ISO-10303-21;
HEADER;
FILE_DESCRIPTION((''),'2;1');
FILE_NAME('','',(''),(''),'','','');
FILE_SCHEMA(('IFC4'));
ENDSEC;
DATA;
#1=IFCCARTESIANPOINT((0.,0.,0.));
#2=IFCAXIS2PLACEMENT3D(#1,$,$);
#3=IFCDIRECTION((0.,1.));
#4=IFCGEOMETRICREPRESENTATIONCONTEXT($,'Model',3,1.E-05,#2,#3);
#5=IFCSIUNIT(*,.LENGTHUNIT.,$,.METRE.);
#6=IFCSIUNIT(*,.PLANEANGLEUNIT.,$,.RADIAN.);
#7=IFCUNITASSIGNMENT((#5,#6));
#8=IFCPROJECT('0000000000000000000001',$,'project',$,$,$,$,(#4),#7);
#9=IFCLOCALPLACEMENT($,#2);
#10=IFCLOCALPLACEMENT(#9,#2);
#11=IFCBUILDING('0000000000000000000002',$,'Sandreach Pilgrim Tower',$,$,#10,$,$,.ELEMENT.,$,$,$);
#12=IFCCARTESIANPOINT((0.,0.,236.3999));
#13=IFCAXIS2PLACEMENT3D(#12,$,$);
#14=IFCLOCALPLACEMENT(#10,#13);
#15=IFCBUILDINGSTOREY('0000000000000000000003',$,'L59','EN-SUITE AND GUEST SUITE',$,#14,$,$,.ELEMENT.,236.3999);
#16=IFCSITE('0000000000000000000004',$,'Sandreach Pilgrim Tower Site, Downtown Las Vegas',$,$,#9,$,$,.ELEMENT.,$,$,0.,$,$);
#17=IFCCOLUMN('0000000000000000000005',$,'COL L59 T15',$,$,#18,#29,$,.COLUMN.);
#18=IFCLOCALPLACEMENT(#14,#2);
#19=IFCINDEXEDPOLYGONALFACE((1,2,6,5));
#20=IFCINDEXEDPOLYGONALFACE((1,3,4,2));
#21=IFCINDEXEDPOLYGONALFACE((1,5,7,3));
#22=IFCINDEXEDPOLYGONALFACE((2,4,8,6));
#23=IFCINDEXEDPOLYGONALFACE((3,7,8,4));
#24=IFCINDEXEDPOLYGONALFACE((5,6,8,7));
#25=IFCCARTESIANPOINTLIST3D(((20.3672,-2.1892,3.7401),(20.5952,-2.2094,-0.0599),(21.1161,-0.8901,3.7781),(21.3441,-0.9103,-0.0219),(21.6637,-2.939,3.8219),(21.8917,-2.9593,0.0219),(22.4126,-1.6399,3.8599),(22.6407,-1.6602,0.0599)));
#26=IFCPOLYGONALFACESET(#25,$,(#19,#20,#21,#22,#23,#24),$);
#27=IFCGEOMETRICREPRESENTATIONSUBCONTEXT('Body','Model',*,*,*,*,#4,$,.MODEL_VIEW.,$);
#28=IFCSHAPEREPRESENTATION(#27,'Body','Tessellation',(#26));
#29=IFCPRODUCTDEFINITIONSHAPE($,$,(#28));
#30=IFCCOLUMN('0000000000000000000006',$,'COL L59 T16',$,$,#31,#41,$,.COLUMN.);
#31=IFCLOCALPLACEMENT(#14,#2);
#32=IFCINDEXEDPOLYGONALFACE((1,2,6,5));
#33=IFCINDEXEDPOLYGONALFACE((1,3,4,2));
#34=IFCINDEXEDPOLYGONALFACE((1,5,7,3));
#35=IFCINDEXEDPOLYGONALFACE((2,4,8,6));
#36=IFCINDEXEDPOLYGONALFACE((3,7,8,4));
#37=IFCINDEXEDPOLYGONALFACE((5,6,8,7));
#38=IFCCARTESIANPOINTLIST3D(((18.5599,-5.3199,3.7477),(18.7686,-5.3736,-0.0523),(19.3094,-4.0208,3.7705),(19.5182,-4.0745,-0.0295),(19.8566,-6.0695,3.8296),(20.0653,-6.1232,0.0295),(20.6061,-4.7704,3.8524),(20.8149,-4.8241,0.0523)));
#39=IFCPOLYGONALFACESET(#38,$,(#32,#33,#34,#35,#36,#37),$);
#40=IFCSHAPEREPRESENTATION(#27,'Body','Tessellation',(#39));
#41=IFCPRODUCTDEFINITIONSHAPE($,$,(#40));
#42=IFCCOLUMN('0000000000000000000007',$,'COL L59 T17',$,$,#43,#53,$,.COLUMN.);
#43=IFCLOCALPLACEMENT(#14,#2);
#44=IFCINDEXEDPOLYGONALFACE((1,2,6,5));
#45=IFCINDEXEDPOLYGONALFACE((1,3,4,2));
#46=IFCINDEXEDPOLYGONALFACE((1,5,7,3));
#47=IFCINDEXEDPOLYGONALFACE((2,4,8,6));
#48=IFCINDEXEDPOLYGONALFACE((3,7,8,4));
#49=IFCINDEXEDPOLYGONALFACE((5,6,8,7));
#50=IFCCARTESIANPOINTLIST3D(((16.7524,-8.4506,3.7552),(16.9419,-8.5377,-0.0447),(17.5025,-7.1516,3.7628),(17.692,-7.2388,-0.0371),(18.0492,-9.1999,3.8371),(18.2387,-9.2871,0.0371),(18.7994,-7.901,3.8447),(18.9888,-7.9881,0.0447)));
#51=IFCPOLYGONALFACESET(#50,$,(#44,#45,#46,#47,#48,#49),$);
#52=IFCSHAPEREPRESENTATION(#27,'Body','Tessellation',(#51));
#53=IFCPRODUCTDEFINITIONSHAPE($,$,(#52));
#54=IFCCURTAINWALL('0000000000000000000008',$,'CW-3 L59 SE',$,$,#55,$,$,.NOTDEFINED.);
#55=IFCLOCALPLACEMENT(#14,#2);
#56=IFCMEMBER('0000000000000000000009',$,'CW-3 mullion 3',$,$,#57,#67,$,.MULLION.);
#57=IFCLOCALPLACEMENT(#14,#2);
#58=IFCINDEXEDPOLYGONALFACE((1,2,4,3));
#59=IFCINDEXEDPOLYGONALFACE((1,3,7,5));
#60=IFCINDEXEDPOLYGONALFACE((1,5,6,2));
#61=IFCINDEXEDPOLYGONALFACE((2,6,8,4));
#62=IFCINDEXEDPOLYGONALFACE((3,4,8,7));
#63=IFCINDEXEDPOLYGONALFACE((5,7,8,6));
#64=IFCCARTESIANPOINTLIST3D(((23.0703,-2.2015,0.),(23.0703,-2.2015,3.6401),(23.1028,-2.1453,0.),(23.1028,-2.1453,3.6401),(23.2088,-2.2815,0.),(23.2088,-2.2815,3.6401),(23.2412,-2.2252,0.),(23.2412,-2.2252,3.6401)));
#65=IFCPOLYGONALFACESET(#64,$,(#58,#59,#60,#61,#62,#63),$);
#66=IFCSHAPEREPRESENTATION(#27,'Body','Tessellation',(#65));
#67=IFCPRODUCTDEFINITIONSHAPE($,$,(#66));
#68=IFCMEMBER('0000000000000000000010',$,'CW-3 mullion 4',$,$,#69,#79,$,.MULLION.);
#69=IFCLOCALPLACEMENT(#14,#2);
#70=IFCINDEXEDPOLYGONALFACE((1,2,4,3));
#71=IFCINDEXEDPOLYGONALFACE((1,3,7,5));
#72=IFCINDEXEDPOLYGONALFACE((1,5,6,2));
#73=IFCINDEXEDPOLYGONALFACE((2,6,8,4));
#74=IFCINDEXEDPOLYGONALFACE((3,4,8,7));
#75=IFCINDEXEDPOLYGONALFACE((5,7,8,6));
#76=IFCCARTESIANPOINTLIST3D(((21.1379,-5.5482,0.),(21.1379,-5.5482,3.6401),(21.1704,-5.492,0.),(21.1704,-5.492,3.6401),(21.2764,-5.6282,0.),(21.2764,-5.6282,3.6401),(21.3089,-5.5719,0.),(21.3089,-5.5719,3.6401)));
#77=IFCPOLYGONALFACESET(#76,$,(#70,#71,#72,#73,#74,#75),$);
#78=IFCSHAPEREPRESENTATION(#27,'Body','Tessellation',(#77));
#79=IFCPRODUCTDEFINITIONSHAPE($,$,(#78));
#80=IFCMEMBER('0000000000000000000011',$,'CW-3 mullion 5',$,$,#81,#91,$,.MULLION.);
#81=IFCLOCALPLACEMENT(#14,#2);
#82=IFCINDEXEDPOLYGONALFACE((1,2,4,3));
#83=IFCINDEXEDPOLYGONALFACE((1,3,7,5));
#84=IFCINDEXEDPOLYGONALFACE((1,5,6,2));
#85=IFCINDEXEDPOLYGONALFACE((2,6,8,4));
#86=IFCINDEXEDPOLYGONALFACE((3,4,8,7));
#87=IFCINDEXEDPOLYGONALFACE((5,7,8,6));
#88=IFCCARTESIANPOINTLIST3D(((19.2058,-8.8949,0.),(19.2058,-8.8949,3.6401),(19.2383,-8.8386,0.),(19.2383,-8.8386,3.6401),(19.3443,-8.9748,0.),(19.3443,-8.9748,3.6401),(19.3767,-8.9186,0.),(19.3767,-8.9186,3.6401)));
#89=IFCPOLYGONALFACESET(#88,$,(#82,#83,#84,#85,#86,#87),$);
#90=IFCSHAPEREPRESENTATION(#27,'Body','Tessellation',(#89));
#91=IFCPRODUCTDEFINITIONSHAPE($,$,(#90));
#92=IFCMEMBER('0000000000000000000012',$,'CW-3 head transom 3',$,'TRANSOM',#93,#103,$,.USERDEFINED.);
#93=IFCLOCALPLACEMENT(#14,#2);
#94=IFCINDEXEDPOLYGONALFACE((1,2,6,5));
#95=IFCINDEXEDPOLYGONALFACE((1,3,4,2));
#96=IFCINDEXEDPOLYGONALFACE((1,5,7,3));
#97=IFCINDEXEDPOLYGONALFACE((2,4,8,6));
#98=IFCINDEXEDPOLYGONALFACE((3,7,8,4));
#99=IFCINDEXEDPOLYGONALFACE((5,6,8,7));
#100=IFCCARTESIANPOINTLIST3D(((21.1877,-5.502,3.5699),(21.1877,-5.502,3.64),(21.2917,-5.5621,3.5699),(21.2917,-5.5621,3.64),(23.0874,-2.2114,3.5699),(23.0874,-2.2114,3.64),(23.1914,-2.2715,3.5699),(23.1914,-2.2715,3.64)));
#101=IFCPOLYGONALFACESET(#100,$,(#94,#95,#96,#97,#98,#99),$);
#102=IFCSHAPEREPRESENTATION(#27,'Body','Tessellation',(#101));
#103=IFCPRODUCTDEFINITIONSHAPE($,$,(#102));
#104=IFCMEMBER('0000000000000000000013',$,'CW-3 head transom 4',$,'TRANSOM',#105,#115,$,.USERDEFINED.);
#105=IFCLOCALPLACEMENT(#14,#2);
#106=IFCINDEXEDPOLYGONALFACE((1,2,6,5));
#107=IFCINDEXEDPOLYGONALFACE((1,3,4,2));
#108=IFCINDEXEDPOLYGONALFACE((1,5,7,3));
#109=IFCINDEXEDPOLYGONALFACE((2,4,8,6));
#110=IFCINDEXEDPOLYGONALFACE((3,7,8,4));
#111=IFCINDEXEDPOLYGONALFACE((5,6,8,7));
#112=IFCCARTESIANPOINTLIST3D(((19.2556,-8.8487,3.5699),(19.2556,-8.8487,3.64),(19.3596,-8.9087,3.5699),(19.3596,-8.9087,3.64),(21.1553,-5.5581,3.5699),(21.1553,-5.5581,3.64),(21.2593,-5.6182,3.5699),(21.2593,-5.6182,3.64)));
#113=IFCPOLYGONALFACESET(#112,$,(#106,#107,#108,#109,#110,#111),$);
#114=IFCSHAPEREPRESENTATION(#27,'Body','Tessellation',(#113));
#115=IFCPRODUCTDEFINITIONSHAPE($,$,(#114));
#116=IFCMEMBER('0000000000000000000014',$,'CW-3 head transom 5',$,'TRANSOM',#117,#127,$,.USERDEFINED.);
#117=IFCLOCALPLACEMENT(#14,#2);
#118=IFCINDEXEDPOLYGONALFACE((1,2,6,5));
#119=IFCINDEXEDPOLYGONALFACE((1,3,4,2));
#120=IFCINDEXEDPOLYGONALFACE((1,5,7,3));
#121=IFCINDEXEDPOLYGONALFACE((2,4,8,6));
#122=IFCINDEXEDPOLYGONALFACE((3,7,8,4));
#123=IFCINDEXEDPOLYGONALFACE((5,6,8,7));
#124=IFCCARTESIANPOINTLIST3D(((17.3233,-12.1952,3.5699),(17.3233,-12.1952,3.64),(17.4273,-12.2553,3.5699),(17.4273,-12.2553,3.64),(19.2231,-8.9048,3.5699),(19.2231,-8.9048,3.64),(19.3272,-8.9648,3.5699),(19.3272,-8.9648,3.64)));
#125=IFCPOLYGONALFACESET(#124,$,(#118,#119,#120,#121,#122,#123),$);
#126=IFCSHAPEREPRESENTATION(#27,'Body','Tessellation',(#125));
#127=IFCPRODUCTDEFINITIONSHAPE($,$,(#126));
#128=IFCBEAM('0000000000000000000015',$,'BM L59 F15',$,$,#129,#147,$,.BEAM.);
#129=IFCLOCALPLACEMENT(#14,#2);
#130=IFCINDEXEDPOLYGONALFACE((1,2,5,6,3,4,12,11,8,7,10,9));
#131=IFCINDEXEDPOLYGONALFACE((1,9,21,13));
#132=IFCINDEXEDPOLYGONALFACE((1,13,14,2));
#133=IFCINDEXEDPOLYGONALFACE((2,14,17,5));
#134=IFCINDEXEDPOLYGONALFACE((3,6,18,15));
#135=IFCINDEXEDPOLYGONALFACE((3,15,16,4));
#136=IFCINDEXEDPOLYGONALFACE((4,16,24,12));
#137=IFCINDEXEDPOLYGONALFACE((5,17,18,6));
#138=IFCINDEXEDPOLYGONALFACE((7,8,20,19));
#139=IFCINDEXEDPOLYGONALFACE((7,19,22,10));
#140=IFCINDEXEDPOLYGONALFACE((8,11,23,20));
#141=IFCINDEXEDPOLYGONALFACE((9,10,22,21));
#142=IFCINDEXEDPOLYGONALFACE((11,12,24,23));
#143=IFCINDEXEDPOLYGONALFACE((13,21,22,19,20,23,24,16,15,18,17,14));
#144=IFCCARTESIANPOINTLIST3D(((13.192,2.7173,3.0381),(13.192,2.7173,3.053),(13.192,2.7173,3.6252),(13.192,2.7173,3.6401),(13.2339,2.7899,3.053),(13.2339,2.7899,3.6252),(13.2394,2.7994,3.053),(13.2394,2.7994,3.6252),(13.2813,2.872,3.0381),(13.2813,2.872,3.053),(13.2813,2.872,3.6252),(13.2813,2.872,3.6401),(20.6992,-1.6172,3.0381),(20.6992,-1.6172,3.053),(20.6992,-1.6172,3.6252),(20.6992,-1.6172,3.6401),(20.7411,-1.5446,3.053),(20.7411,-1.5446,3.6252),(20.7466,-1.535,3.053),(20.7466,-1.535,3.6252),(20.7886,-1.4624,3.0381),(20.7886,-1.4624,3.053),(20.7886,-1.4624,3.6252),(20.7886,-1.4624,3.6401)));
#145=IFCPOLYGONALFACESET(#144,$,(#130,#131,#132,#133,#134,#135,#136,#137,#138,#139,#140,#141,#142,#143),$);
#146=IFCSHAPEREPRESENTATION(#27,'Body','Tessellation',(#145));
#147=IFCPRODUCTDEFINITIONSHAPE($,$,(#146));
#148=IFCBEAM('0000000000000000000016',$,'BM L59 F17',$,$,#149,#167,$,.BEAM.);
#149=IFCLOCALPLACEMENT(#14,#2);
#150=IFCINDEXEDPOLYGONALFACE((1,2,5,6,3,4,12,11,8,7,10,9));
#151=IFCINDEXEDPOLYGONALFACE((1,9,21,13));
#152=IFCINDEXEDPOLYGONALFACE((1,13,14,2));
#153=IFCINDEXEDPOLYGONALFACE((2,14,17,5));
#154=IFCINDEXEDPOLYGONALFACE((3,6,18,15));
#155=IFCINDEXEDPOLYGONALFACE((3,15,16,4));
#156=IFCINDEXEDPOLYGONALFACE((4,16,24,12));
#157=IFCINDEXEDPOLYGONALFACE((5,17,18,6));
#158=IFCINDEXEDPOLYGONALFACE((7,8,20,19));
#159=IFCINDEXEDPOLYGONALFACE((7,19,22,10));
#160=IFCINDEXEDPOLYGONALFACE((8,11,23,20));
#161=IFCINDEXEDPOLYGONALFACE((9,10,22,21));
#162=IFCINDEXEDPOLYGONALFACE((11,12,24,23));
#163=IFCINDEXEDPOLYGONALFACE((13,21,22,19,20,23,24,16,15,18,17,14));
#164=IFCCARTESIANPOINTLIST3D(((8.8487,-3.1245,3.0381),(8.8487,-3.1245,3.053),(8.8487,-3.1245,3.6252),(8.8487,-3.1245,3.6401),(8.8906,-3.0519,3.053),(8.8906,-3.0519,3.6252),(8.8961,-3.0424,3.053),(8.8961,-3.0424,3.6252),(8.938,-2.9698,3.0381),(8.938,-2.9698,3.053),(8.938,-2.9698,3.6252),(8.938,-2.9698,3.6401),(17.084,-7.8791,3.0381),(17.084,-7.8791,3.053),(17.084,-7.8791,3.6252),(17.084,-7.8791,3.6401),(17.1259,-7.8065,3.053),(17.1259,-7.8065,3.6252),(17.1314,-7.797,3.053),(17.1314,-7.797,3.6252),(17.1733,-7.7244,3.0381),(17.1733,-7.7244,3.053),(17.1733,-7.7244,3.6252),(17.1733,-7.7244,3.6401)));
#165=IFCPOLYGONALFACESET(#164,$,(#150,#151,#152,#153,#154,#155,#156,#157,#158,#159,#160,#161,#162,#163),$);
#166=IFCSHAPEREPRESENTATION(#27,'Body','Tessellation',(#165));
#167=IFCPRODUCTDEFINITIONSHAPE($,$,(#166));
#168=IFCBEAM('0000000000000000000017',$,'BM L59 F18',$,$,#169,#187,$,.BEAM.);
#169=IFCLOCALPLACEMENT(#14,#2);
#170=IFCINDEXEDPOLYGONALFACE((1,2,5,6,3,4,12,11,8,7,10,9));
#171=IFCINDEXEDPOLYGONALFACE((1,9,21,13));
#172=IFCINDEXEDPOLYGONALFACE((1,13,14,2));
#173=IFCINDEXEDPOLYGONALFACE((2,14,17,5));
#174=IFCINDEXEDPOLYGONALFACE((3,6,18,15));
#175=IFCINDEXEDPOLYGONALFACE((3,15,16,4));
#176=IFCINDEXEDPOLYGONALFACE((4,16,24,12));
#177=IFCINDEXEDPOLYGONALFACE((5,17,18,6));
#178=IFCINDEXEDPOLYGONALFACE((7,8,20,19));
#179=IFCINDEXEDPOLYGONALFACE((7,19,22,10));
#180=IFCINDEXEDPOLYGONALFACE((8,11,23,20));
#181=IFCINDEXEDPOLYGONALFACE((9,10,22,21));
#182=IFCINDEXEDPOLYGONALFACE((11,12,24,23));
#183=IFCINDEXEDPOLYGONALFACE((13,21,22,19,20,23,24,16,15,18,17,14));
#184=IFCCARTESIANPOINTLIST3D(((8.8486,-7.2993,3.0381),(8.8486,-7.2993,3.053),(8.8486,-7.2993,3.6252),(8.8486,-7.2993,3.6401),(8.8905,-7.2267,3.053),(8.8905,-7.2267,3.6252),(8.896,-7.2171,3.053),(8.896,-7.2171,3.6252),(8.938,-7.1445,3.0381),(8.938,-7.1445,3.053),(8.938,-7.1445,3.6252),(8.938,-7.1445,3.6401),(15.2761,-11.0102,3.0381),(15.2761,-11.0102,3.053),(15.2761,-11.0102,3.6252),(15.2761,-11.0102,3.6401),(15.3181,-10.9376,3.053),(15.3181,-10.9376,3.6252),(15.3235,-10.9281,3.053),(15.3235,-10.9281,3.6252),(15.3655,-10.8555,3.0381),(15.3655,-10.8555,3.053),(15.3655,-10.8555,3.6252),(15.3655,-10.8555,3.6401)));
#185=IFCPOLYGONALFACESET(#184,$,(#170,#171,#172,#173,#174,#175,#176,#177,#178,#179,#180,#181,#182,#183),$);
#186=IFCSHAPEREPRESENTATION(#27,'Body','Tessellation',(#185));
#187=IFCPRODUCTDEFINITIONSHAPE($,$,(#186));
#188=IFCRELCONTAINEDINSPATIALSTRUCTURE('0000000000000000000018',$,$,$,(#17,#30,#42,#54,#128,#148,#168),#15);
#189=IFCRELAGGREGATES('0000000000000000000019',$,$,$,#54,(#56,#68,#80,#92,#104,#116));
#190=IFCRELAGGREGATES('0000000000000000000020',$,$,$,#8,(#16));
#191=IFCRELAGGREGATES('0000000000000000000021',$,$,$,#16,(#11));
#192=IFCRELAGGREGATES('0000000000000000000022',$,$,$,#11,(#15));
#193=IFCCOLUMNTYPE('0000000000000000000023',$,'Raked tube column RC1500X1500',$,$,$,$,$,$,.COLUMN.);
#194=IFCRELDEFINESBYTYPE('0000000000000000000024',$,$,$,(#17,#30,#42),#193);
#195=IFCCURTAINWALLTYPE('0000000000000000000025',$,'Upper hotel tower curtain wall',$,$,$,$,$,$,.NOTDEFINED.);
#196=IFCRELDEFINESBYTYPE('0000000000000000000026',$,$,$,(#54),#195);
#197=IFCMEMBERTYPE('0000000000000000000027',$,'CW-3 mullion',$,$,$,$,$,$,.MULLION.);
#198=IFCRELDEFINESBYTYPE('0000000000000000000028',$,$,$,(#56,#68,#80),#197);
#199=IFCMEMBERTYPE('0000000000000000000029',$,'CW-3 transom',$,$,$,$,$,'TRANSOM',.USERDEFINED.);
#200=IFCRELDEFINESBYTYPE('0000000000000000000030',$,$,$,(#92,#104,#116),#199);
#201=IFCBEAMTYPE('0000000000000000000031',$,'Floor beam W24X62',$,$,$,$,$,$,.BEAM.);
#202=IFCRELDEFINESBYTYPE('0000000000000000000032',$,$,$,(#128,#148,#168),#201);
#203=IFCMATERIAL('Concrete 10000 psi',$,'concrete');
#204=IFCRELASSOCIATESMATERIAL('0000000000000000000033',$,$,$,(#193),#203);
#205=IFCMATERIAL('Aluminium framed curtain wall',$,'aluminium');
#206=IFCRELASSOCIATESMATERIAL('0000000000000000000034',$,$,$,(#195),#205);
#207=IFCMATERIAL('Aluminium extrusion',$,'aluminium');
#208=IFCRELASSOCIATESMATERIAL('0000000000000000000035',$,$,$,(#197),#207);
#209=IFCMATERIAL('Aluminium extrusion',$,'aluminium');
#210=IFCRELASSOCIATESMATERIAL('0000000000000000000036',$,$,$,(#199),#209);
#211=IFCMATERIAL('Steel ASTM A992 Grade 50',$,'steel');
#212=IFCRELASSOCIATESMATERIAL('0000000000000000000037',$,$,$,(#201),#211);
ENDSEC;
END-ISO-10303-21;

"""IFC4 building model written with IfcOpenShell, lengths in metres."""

from ifc_helpers import new_model, si_unit, direction, frame, origin, origin_2d, place, context, subcontext, project, spatial, rectangle, i_section, extrude, material, material_profile, profile_set, type_object, element, aggregate, save


model = new_model("IFC4")

# Units and contexts
model_context = context("Model", 3, precision=1e-05, world=origin(), true_north=direction((0.0, 1.0)))
body_context = subcontext(model_context, "Body", "Model", "MODEL_VIEW")
ifc_project = project(units=[si_unit("LENGTHUNIT", "METRE"), si_unit("PLANEANGLEUNIT", "RADIAN")], contexts=[model_context])

# Site, building, storey
site_placement = place(None, origin())
site = spatial("IfcSite", under=ifc_project, at=site_placement, Name="Sandreach Pilgrim Tower Site, Downtown Las Vegas", CompositionType="ELEMENT", RefElevation=0.0)
building_placement = place(site_placement, origin())
building = spatial("IfcBuilding", under=site, at=building_placement, Name="Sandreach Pilgrim Tower", CompositionType="ELEMENT")
storey_placement = place(building_placement, frame((0.0, 0.0, 236.3999)))
storey = spatial("IfcBuildingStorey", under=building, at=storey_placement, Name="L59", Description="EN-SUITE AND GUEST SUITE", CompositionType="ELEMENT", Elevation=236.3999)

# Columns
ifc_material_1 = material(Name="Concrete 10000 psi", Category="concrete")
ifc_material_profile_1 = material_profile(ifc_material_1, rectangle(XDim=1.5, YDim=1.5, at=origin_2d()), Name="RC1500X1500")
ifc_profile_set_1 = profile_set([ifc_material_profile_1], Name="Concrete 10000 psi")
column_type = type_object("IfcColumnType", Name="Raked tube column RC1500X1500", PredefinedType="COLUMN", material=ifc_profile_set_1)
column_1_placement = place(storey_placement, frame((21.6179, -1.9348, 0.0), z_axis=(-0.059898, 0.005323, 0.99819), x_axis=(0.864361, -0.499907, 0.054533)))
element("IfcColumn", 1, at=column_1_placement, inside=storey, type_object=column_type, Name="COL L59 T15", PredefinedType="COLUMN", context=body_context, shape_type="SweptSolid", body=[
    extrude(rectangle(XDim=1.5, YDim=1.5, at=origin_2d()), origin(), (0.0, 0.0, 1.0), 3.8069),
])
column_2_placement = place(storey_placement, frame((19.7917, -5.0989, 0.0), z_axis=(-0.054843, 0.014112, 0.998395), x_axis=(0.864468, -0.499719, 0.054549)))
element("IfcColumn", 2, at=column_2_placement, inside=storey, type_object=column_type, Name="COL L59 T16", PredefinedType="COLUMN", context=body_context, shape_type="SweptSolid", body=[
    extrude(rectangle(XDim=1.5, YDim=1.5, at=origin_2d()), origin(), (0.0, 0.0, 1.0), 3.8062),
])
column_3_placement = place(storey_placement, frame((17.9653, -8.2629, 0.0), z_axis=(-0.049781, 0.022902, 0.998498), x_axis=(0.86455, -0.499575, 0.054561)))
element("IfcColumn", 3, at=column_3_placement, inside=storey, type_object=column_type, Name="COL L59 T17", PredefinedType="COLUMN", context=body_context, shape_type="SweptSolid", body=[
    extrude(rectangle(XDim=1.5, YDim=1.5, at=origin_2d()), origin(), (0.0, 0.0, 1.0), 3.8057),
])

# Curtain wall, members
ifc_material_2 = material(Name="Aluminium framed curtain wall", Category="aluminium")
curtain_wall_type = type_object("IfcCurtainWallType", Name="Upper hotel tower curtain wall", PredefinedType="NOTDEFINED", material=ifc_material_2)
curtain_wall_placement = place(storey_placement, origin())
curtain_wall = element("IfcCurtainWall", 4, at=curtain_wall_placement, inside=storey, type_object=curtain_wall_type, Name="CW-3 L59 SE", PredefinedType="NOTDEFINED")
ifc_material_3 = material(Name="Aluminium extrusion", Category="aluminium")
ifc_material_profile_2 = material_profile(ifc_material_3, rectangle(XDim=0.0649, YDim=0.1599, at=origin_2d()), Name="CW-3M 65X160")
ifc_profile_set_2 = profile_set([ifc_material_profile_2], Name="Aluminium extrusion")
member_type_1 = type_object("IfcMemberType", Name="CW-3 mullion", PredefinedType="MULLION", material=ifc_profile_set_2)
member_1_placement = place(storey_placement, frame((23.1558, -2.2134, 0.0), z_axis=(0.0, 0.0, 1.0), x_axis=(-0.5, -0.866025, 0.0)))
member_1 = element("IfcMember", 5, at=member_1_placement, type_object=member_type_1, Name="CW-3 mullion 3", PredefinedType="MULLION", context=body_context, shape_type="SweptSolid", body=[
    extrude(rectangle(XDim=0.0649, YDim=0.1599, at=origin_2d()), origin(), (0.0, 0.0, 1.0), 3.6401),
])
member_2_placement = place(storey_placement, frame((21.2234, -5.5601, 0.0), z_axis=(0.0, 0.0, 1.0), x_axis=(-0.5, -0.866025, 0.0)))
member_2 = element("IfcMember", 6, at=member_2_placement, type_object=member_type_1, Name="CW-3 mullion 4", PredefinedType="MULLION", context=body_context, shape_type="SweptSolid", body=[
    extrude(rectangle(XDim=0.0649, YDim=0.1599, at=origin_2d()), origin(), (0.0, 0.0, 1.0), 3.6401),
])
member_3_placement = place(storey_placement, frame((19.2913, -8.9067, 0.0), z_axis=(0.0, 0.0, 1.0), x_axis=(-0.5, -0.866025, 0.0)))
member_3 = element("IfcMember", 7, at=member_3_placement, type_object=member_type_1, Name="CW-3 mullion 5", PredefinedType="MULLION", context=body_context, shape_type="SweptSolid", body=[
    extrude(rectangle(XDim=0.0649, YDim=0.1599, at=origin_2d()), origin(), (0.0, 0.0, 1.0), 3.6401),
])
ifc_material_4 = material(Name="Aluminium extrusion", Category="aluminium")
ifc_material_profile_3 = material_profile(ifc_material_4, rectangle(XDim=0.1201, YDim=0.0701, at=origin_2d()), Name="CW-3T 120X70")
ifc_profile_set_3 = profile_set([ifc_material_profile_3], Name="Aluminium extrusion")
member_type_2 = type_object("IfcMemberType", Name="CW-3 transom", ElementType="TRANSOM", PredefinedType="USERDEFINED", material=ifc_profile_set_3)
member_4_placement = place(storey_placement, frame((23.1394, -2.2415, 3.605), z_axis=(-0.499975, -0.86604, 0.0), x_axis=(0.86604, -0.499975, 0.0)))
member_4 = element("IfcMember", 8, at=member_4_placement, type_object=member_type_2, Name="CW-3 head transom 3", ObjectType="TRANSOM", PredefinedType="USERDEFINED", context=body_context, shape_type="SweptSolid", body=[
    extrude(rectangle(XDim=0.1201, YDim=0.0701, at=origin_2d()), origin(), (0.0, 0.0, 1.0), 3.7996),
])
member_5_placement = place(storey_placement, frame((21.2073, -5.5881, 3.605), z_axis=(-0.499975, -0.86604, 0.0), x_axis=(0.86604, -0.499975, 0.0)))
member_5 = element("IfcMember", 9, at=member_5_placement, type_object=member_type_2, Name="CW-3 head transom 4", ObjectType="TRANSOM", PredefinedType="USERDEFINED", context=body_context, shape_type="SweptSolid", body=[
    extrude(rectangle(XDim=0.1201, YDim=0.0701, at=origin_2d()), origin(), (0.0, 0.0, 1.0), 3.7996),
])
member_6_placement = place(storey_placement, frame((19.2751, -8.9348, 3.605), z_axis=(-0.500023, -0.866012, 0.0), x_axis=(0.866012, -0.500023, 0.0)))
member_6 = element("IfcMember", 10, at=member_6_placement, type_object=member_type_2, Name="CW-3 head transom 5", ObjectType="TRANSOM", PredefinedType="USERDEFINED", context=body_context, shape_type="SweptSolid", body=[
    extrude(rectangle(XDim=0.1201, YDim=0.0701, at=origin_2d()), origin(), (0.0, 0.0, 1.0), 3.7996),
])

# Beams
ifc_material_5 = material(Name="Steel ASTM A992 Grade 50", Category="steel")
ifc_material_profile_4 = material_profile(ifc_material_5, i_section(OverallWidth=0.1787, OverallDepth=0.6021, WebThickness=0.011, FlangeThickness=0.0149, at=origin_2d()), Name="W24X62")
ifc_profile_set_4 = profile_set([ifc_material_profile_4], Name="Steel ASTM A992 Grade 50")
beam_type_1 = type_object("IfcBeamType", Name="Floor beam W24X62", PredefinedType="BEAM", material=ifc_profile_set_4)
beam_1_placement = place(storey_placement, frame((20.7439, -1.5398, 3.3391), z_axis=(-0.86602, 0.50001, 0.0), x_axis=(-0.50001, -0.86602, 0.0)))
element("IfcBeam", 11, at=beam_1_placement, inside=storey, type_object=beam_type_1, Name="BM L59 F15", PredefinedType="BEAM", context=body_context, shape_type="SweptSolid", body=[
    extrude(i_section(OverallWidth=0.1787, OverallDepth=0.6021, WebThickness=0.011, FlangeThickness=0.0149, at=origin_2d()), origin(), (0.0, 0.0, 1.0), 8.6687),
])
beam_2_placement = place(storey_placement, frame((17.1287, -7.8018, 3.3391), z_axis=(-0.866027, 0.499997, 0.0), x_axis=(-0.499997, -0.866027, 0.0)))
element("IfcBeam", 12, at=beam_2_placement, inside=storey, type_object=beam_type_1, Name="BM L59 F17", PredefinedType="BEAM", context=body_context, shape_type="SweptSolid", body=[
    extrude(i_section(OverallWidth=0.1787, OverallDepth=0.6021, WebThickness=0.011, FlangeThickness=0.0149, at=origin_2d()), origin(), (0.0, 0.0, 1.0), 9.5093),
])
beam_3_placement = place(storey_placement, frame((15.3208, -10.9329, 3.3391), z_axis=(-0.866024, 0.500002, 0.0), x_axis=(-0.500002, -0.866024, 0.0)))
element("IfcBeam", 13, at=beam_3_placement, inside=storey, type_object=beam_type_1, Name="BM L59 F18", PredefinedType="BEAM", context=body_context, shape_type="SweptSolid", body=[
    extrude(i_section(OverallWidth=0.1787, OverallDepth=0.6021, WebThickness=0.011, FlangeThickness=0.0149, at=origin_2d()), origin(), (0.0, 0.0, 1.0), 7.4219),
])

aggregate(curtain_wall, [member_1, member_2, member_3, member_4, member_5, member_6])

save(model, "model.ifc")
